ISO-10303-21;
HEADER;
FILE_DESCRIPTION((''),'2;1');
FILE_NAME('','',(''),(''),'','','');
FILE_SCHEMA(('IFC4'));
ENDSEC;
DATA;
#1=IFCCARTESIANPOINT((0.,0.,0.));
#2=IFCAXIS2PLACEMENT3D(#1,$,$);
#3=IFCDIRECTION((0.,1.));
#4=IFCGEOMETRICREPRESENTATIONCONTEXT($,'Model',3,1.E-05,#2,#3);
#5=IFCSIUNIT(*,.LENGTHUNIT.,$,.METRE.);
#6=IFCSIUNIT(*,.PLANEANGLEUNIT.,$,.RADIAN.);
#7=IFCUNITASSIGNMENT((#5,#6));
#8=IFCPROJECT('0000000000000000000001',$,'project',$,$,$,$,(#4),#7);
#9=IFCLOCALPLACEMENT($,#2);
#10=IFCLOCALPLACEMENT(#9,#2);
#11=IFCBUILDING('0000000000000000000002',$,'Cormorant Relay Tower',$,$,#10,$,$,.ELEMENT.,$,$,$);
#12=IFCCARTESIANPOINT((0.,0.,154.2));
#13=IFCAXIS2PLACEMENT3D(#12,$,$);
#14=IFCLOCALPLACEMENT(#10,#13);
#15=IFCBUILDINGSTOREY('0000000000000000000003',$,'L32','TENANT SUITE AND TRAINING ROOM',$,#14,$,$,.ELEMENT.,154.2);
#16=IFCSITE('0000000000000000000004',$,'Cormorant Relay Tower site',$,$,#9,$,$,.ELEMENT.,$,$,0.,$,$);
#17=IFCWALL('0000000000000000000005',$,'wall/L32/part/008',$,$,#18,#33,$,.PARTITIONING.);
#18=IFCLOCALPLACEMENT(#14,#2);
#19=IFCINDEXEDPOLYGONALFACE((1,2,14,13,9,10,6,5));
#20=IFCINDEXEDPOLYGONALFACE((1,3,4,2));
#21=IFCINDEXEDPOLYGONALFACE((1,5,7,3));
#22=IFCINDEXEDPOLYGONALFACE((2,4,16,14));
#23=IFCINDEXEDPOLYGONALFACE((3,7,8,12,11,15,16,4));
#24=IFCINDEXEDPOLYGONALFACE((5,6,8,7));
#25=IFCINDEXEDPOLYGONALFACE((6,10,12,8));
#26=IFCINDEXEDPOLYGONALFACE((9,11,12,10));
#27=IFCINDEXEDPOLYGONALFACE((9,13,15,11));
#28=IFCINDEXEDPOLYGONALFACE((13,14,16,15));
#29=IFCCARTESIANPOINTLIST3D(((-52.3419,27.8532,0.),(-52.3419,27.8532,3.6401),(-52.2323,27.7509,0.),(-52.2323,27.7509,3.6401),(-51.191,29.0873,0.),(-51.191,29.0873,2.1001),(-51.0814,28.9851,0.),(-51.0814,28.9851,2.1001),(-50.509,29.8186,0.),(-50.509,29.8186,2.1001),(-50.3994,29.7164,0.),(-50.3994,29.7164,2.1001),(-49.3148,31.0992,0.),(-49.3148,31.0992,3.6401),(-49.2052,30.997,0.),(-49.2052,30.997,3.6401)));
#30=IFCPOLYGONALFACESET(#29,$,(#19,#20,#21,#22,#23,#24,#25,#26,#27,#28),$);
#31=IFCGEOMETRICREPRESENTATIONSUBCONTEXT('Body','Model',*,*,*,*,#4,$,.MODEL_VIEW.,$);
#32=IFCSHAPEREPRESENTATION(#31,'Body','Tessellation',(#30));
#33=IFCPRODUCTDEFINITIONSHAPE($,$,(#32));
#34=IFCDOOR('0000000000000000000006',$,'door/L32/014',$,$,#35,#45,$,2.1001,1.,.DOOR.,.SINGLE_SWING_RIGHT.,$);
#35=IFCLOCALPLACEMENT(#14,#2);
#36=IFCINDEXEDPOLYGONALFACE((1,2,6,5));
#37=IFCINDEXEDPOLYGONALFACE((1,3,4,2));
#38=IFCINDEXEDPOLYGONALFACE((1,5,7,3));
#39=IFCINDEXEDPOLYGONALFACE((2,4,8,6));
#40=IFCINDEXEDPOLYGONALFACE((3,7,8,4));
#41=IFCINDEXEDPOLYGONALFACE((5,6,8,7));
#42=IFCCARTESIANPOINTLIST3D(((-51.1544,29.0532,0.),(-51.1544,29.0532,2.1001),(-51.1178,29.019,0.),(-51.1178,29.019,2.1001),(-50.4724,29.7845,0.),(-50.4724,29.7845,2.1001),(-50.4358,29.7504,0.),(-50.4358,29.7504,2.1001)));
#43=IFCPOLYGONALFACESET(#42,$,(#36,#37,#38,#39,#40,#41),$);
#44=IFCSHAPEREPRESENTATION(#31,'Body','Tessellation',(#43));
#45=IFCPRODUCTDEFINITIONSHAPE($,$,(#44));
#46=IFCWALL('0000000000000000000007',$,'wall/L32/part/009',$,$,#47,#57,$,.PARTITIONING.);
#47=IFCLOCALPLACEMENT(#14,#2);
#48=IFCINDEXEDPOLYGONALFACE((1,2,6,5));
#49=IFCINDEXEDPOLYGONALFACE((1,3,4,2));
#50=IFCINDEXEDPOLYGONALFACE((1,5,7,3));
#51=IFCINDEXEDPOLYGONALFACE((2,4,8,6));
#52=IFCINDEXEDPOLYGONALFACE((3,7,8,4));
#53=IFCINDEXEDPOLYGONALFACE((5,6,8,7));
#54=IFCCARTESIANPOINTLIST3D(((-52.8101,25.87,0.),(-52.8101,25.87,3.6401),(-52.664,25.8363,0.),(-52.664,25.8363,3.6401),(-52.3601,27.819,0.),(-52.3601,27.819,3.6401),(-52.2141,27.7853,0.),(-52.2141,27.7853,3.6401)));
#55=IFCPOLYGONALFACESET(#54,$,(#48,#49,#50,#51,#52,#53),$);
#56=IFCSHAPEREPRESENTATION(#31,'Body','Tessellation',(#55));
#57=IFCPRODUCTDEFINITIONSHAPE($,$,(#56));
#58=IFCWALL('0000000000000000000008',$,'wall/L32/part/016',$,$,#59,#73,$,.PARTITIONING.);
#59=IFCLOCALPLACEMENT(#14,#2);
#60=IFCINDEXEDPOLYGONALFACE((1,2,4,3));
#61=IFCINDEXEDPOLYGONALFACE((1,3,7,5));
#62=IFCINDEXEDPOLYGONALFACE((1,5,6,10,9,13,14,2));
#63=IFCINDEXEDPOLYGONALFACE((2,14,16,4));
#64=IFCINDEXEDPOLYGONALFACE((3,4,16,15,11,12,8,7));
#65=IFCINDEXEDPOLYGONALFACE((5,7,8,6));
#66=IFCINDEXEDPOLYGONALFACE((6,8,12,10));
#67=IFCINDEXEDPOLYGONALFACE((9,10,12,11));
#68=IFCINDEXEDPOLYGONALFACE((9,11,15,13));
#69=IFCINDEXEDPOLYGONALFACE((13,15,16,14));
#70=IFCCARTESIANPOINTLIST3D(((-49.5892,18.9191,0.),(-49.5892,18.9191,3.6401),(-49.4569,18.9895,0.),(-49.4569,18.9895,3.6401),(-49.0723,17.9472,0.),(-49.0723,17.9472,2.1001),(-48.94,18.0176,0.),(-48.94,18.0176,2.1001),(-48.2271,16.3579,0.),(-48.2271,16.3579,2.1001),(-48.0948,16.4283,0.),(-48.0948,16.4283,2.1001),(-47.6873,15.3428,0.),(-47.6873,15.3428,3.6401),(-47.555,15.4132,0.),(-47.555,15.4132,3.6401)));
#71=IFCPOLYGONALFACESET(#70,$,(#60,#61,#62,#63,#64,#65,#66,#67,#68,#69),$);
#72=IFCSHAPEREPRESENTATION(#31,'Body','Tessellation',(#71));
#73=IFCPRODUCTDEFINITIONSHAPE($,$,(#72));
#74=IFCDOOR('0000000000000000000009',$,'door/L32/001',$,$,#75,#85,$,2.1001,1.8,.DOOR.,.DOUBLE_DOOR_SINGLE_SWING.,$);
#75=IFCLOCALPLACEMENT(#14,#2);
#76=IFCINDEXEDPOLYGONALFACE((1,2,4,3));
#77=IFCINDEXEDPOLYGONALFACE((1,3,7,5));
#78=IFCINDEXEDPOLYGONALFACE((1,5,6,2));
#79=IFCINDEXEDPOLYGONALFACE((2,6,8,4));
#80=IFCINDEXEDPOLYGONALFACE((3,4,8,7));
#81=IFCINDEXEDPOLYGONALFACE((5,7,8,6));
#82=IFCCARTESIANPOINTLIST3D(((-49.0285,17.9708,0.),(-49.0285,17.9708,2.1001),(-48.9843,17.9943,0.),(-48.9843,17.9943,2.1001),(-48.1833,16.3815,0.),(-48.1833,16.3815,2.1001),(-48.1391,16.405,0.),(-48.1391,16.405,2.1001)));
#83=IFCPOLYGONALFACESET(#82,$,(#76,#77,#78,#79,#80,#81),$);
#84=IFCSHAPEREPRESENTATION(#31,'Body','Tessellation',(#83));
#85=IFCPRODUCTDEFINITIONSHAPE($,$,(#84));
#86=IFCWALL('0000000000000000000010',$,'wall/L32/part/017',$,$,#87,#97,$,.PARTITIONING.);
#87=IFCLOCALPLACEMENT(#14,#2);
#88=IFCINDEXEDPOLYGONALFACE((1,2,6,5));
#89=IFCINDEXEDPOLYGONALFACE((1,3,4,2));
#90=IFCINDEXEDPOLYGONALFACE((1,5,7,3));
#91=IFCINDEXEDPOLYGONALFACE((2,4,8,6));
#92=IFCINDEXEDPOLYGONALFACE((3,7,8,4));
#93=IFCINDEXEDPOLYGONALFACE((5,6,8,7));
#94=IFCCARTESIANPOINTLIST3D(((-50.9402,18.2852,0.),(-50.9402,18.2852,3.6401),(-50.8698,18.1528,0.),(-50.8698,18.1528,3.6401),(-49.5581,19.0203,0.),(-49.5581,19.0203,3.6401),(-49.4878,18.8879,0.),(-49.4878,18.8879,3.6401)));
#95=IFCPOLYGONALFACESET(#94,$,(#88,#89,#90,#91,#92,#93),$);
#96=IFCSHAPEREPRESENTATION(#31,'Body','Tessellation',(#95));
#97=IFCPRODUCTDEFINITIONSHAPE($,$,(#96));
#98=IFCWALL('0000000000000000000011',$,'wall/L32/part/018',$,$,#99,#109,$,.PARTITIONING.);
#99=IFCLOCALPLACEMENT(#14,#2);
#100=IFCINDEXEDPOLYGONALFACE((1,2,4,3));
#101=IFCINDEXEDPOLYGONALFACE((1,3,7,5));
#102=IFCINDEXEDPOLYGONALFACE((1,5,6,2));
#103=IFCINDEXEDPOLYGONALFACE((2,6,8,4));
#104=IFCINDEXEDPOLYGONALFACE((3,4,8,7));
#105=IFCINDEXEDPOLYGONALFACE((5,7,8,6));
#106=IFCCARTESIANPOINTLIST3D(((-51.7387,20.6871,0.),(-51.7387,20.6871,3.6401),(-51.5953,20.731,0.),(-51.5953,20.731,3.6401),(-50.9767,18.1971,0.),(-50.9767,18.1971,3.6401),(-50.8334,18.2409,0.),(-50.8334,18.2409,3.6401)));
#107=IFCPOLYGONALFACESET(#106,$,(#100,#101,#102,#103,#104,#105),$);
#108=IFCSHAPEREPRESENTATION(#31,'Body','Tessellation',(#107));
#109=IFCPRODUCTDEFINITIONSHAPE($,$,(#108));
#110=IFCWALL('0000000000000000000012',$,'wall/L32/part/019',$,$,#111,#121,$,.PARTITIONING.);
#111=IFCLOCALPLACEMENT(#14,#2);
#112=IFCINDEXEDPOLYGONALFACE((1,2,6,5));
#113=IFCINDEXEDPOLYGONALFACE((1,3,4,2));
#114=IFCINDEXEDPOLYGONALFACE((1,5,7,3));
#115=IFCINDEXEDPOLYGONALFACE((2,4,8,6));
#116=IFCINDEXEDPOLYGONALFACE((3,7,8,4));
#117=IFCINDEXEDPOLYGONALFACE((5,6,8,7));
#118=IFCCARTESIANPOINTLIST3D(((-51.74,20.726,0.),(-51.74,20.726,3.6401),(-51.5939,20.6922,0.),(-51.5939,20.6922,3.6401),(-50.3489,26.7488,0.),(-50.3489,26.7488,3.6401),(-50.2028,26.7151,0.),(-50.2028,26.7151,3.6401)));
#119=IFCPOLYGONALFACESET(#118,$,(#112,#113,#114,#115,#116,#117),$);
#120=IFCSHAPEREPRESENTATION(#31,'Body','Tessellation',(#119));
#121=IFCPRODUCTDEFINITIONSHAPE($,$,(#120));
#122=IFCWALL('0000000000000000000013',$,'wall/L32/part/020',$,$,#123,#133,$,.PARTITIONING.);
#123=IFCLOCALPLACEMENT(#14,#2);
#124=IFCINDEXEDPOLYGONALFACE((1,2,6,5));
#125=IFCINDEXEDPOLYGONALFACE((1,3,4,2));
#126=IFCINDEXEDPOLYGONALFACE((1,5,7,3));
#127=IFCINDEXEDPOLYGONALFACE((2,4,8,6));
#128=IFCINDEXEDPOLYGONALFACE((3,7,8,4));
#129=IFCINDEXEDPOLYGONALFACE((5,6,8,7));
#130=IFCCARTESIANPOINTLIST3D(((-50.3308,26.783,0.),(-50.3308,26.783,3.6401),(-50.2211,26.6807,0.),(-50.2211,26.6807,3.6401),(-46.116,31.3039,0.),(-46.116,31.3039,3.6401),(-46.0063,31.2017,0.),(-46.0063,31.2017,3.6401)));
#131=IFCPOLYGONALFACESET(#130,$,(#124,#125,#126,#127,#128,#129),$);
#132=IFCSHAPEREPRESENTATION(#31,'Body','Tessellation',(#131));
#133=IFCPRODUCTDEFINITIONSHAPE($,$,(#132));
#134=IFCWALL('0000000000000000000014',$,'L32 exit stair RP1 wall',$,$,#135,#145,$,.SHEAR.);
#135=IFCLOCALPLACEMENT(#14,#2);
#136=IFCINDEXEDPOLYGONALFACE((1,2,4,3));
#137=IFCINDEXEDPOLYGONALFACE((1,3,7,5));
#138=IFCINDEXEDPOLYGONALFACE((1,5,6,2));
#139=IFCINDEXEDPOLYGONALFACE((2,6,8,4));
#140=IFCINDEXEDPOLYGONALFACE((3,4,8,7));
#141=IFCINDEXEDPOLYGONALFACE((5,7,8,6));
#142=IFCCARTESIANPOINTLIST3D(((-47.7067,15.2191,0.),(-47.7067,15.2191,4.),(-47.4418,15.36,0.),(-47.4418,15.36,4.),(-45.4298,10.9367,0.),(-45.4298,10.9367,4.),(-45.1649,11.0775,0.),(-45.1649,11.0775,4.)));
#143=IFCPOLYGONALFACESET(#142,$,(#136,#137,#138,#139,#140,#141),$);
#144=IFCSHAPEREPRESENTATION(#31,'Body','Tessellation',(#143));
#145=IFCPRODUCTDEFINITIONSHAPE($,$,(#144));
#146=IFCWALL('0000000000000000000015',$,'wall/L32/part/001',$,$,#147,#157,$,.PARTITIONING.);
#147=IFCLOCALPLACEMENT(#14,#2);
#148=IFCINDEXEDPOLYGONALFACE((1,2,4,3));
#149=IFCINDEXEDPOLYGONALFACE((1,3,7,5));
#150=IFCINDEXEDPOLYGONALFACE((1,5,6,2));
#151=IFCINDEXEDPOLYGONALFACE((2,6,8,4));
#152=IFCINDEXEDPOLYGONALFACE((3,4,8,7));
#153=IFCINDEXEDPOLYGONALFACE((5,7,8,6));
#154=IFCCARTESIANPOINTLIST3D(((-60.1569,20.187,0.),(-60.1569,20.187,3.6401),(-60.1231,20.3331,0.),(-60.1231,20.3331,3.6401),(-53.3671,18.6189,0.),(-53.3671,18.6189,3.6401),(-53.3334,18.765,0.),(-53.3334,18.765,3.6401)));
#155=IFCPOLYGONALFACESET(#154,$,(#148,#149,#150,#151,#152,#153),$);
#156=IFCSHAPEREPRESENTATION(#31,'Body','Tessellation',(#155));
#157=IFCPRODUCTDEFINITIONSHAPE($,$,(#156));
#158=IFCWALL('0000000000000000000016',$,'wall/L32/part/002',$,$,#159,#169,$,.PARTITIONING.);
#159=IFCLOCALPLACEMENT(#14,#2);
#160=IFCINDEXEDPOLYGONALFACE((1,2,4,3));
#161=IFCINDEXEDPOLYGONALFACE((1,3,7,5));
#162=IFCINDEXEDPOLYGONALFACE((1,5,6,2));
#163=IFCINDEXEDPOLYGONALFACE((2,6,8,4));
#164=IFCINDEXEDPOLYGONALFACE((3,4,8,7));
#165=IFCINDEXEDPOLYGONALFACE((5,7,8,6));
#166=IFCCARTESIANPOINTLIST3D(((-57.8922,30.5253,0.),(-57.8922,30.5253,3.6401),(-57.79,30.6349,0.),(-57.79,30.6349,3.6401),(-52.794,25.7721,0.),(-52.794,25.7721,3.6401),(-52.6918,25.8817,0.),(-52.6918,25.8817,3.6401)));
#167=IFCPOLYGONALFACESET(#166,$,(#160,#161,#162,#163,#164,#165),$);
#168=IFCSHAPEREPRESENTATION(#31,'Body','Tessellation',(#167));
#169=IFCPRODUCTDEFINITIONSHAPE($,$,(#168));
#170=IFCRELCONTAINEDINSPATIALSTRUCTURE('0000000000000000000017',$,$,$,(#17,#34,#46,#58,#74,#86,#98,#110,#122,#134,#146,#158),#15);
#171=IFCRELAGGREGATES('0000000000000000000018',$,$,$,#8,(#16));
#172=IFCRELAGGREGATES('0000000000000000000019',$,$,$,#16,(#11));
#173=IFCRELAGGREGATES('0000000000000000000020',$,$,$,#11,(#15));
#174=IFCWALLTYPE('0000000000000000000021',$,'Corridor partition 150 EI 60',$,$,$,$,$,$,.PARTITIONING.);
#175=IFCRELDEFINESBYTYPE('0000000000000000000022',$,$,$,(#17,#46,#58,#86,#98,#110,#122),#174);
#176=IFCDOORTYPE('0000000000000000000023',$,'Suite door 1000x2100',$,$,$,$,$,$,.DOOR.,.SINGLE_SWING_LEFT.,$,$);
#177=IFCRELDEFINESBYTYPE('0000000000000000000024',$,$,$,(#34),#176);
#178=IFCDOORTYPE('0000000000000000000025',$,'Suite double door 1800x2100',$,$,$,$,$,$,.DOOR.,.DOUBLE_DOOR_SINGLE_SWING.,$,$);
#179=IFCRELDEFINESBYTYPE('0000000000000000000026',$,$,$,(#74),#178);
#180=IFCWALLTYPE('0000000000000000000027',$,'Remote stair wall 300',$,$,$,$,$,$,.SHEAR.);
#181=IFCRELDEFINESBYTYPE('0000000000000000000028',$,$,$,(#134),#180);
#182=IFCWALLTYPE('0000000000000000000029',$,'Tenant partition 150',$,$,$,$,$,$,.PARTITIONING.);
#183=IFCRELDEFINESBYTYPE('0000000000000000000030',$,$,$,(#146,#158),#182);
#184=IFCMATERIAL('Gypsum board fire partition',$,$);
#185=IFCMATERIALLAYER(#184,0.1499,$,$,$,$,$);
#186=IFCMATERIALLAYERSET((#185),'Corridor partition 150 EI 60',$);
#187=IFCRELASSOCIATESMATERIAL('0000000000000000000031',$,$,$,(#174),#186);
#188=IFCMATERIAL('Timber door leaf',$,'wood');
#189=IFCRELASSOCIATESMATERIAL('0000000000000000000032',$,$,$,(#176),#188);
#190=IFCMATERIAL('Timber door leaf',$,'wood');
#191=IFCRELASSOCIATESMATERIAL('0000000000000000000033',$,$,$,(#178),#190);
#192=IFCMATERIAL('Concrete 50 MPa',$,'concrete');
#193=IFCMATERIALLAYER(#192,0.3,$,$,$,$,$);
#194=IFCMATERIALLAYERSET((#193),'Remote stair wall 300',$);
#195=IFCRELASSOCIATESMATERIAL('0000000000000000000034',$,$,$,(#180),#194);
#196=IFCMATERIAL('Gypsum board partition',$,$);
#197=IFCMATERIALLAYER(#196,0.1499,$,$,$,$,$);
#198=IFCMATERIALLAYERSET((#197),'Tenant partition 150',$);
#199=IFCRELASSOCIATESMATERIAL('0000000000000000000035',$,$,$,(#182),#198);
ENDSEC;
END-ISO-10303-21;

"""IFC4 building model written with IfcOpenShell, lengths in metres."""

from ifc_helpers import new_model, si_unit, direction, frame, frame_2d, origin, place, context, subcontext, project, spatial, rectangle, extrude, material, layer, layer_set, type_object, element, fill, save


model = new_model("IFC4")

# Units and contexts
model_context = context("Model", 3, precision=1e-05, world=origin(), true_north=direction((0.0, 1.0)))
body_context = subcontext(model_context, "Body", "Model", "MODEL_VIEW")
ifc_project = project(units=[si_unit("LENGTHUNIT", "METRE"), si_unit("PLANEANGLEUNIT", "RADIAN")], contexts=[model_context])

# Site, building, storey
site_placement = place(None, origin())
site = spatial("IfcSite", under=ifc_project, at=site_placement, Name="Cormorant Relay Tower site", CompositionType="ELEMENT", RefElevation=0.0)
building_placement = place(site_placement, origin())
building = spatial("IfcBuilding", under=site, at=building_placement, Name="Cormorant Relay Tower", CompositionType="ELEMENT")
storey_placement = place(building_placement, frame((0.0, 0.0, 154.2)))
storey = spatial("IfcBuildingStorey", under=building, at=storey_placement, Name="L32", Description="TENANT SUITE AND TRAINING ROOM", CompositionType="ELEMENT", Elevation=154.2)

# Shared definitions
ifc_material_1 = material(Name="Gypsum board fire partition")
ifc_layer_1 = layer(ifc_material_1, 0.1499)
ifc_layer_set_1 = layer_set([ifc_layer_1], Name="Corridor partition 150 EI 60")
wall_type_1 = type_object("IfcWallType", Name="Corridor partition 150 EI 60", PredefinedType="PARTITIONING", material=ifc_layer_set_1)
ifc_material_2 = material(Name="Timber door leaf", Category="wood")
door_type_1 = type_object("IfcDoorType", Name="Suite door 1000x2100", OperationType="SINGLE_SWING_LEFT", PredefinedType="DOOR", material=ifc_material_2)

# Wall, opening, door
wall_1_placement = place(storey_placement, frame((-49.26, 31.0481, 0.0), z_axis=(0.0, 0.0, 1.0), x_axis=(-0.682007, -0.731346, 0.0)))
wall_1 = element("IfcWall", 1, at=wall_1_placement, inside=storey, type_object=wall_type_1, Name="wall/L32/part/008", PredefinedType="PARTITIONING", context=body_context, shape_type="SweptSolid", body=[
    extrude(rectangle(XDim=4.4385, YDim=0.1499, at=frame_2d((2.2192, 0.0))), origin(), (0.0, 0.0, 1.0), 3.6401),
])
opening_1_placement = place(wall_1_placement, frame((1.751, 0.0, 0.0)))
opening_1 = element("IfcOpeningElement", 2, at=opening_1_placement, cuts=wall_1, PredefinedType="OPENING", context=body_context, shape_type="SweptSolid", body=[
    extrude(rectangle(XDim=1.0, YDim=2.1001, at=frame_2d((0.5, 1.05))), frame((0.0, 0.085, 0.0), z_axis=(0.0, -1.0, 0.0), x_axis=(1.0, 0.0, 0.0)), (0.0, 0.0, 1.0), 0.1699),
])
door_1_placement = place(opening_1_placement, frame((1.0, 0.0, 0.0), z_axis=(0.0, 0.0, 1.0), x_axis=(-1.0, 0.0, 0.0)))
door_1 = element("IfcDoor", 3, at=door_1_placement, inside=storey, type_object=door_type_1, Name="door/L32/014", OperationType="SINGLE_SWING_RIGHT", OverallHeight=2.1001, OverallWidth=1.0, PredefinedType="DOOR", context=body_context, shape_type="SweptSolid", body=[
    extrude(rectangle(XDim=1.0, YDim=2.1001, at=frame_2d((0.5, 1.05))), frame((0.0, 0.0249, 0.0), z_axis=(0.0, -1.0, 0.0), x_axis=(1.0, 0.0, 0.0)), (0.0, 0.0, 1.0), 0.05),
])
fill(opening_1, door_1)

# Wall
wall_2_placement = place(storey_placement, frame((-52.2871, 27.802, 0.0), z_axis=(0.0, 0.0, 1.0), x_axis=(-0.224949, -0.974371, 0.0)))
element("IfcWall", 4, at=wall_2_placement, inside=storey, type_object=wall_type_1, Name="wall/L32/part/009", PredefinedType="PARTITIONING", context=body_context, shape_type="SweptSolid", body=[
    extrude(rectangle(XDim=2.0002, YDim=0.1499, at=frame_2d((1.0, 0.0))), origin(), (0.0, 0.0, 1.0), 3.6401),
])

# Wall, opening, door
wall_3_placement = place(storey_placement, frame((-47.6211, 15.3779, 0.0), z_axis=(0.0, 0.0, 1.0), x_axis=(-0.469543, 0.88291, 0.0)))
wall_3 = element("IfcWall", 5, at=wall_3_placement, inside=storey, type_object=wall_type_1, Name="wall/L32/part/016", PredefinedType="PARTITIONING", context=body_context, shape_type="SweptSolid", body=[
    extrude(rectangle(XDim=4.0505, YDim=0.1499, at=frame_2d((2.0254, 0.0))), origin(), (0.0, 0.0, 1.0), 3.6401),
])
opening_2_placement = place(wall_3_placement, frame((1.1499, 0.0, 0.0)))
opening_2 = element("IfcOpeningElement", 6, at=opening_2_placement, cuts=wall_3, PredefinedType="OPENING", context=body_context, shape_type="SweptSolid", body=[
    extrude(rectangle(XDim=1.8, YDim=2.1001, at=frame_2d((0.8999, 1.05))), frame((0.0, 0.085, 0.0), z_axis=(0.0, -1.0, 0.0), x_axis=(1.0, 0.0, 0.0)), (0.0, 0.0, 1.0), 0.1699),
])
ifc_material_3 = material(Name="Timber door leaf", Category="wood")
door_type_2 = type_object("IfcDoorType", Name="Suite double door 1800x2100", OperationType="DOUBLE_DOOR_SINGLE_SWING", PredefinedType="DOOR", material=ifc_material_3)
door_2_placement = place(opening_2_placement, frame((1.8, 0.0, 0.0), z_axis=(0.0, 0.0, 1.0), x_axis=(-1.0, 0.0, 0.0)))
door_2 = element("IfcDoor", 7, at=door_2_placement, inside=storey, type_object=door_type_2, Name="door/L32/001", OperationType="DOUBLE_DOOR_SINGLE_SWING", OverallHeight=2.1001, OverallWidth=1.8, PredefinedType="DOOR", context=body_context, shape_type="SweptSolid", body=[
    extrude(rectangle(XDim=1.8, YDim=2.1001, at=frame_2d((0.8999, 1.05))), frame((0.0, 0.0249, 0.0), z_axis=(0.0, -1.0, 0.0), x_axis=(1.0, 0.0, 0.0)), (0.0, 0.0, 1.0), 0.05),
])
fill(opening_2, door_2)

# Walls
wall_4_placement = place(storey_placement, frame((-49.5229, 18.9541, 0.0), z_axis=(0.0, 0.0, 1.0), x_axis=(-0.882883, -0.469592, 0.0)))
element("IfcWall", 8, at=wall_4_placement, inside=storey, type_object=wall_type_1, Name="wall/L32/part/017", PredefinedType="PARTITIONING", context=body_context, shape_type="SweptSolid", body=[
    extrude(rectangle(XDim=1.5654, YDim=0.1499, at=frame_2d((0.7827, 0.0))), origin(), (0.0, 0.0, 1.0), 3.6401),
])
wall_5_placement = place(storey_placement, frame((-50.905, 18.219, 0.0), z_axis=(0.0, 0.0, 1.0), x_axis=(-0.292616, 0.95623, 0.0)))
element("IfcWall", 9, at=wall_5_placement, inside=storey, type_object=wall_type_1, Name="wall/L32/part/018", PredefinedType="PARTITIONING", context=body_context, shape_type="SweptSolid", body=[
    extrude(rectangle(XDim=2.604, YDim=0.1499, at=frame_2d((1.302, 0.0))), origin(), (0.0, 0.0, 1.0), 3.6401),
])
wall_6_placement = place(storey_placement, frame((-51.667, 20.709, 0.0), z_axis=(0.0, 0.0, 1.0), x_axis=(0.225044, 0.974349, 0.0)))
element("IfcWall", 10, at=wall_6_placement, inside=storey, type_object=wall_type_1, Name="wall/L32/part/019", PredefinedType="PARTITIONING", context=body_context, shape_type="SweptSolid", body=[
    extrude(rectangle(XDim=6.1814, YDim=0.1499, at=frame_2d((3.0908, 0.0))), origin(), (0.0, 0.0, 1.0), 3.6401),
])
wall_7_placement = place(storey_placement, frame((-50.2759, 26.7319, 0.0), z_axis=(0.0, 0.0, 1.0), x_axis=(0.681907, 0.731439, 0.0)))
element("IfcWall", 11, at=wall_7_placement, inside=storey, type_object=wall_type_1, Name="wall/L32/part/020", PredefinedType="PARTITIONING", context=body_context, shape_type="SweptSolid", body=[
    extrude(rectangle(XDim=6.1809, YDim=0.1499, at=frame_2d((3.0903, 0.0))), origin(), (0.0, 0.0, 1.0), 3.6401),
])
ifc_material_4 = material(Name="Concrete 50 MPa", Category="concrete")
ifc_layer_2 = layer(ifc_material_4, 0.3)
ifc_layer_set_2 = layer_set([ifc_layer_2], Name="Remote stair wall 300")
wall_type_2 = type_object("IfcWallType", Name="Remote stair wall 300", PredefinedType="SHEAR", material=ifc_layer_set_2)
wall_8_placement = place(storey_placement, frame((-47.5742, 15.2896, 0.0), z_axis=(0.0, 0.0, 1.0), x_axis=(0.469443, -0.882963, 0.0)))
element("IfcWall", 12, at=wall_8_placement, inside=storey, type_object=wall_type_2, Name="L32 exit stair RP1 wall", PredefinedType="SHEAR", context=body_context, shape_type="SweptSolid", body=[
    extrude(rectangle(XDim=4.8501, YDim=0.3, at=frame_2d((2.425, 0.0))), origin(), (0.0, 0.0, 1.0), 4.0),
])
ifc_material_5 = material(Name="Gypsum board partition")
ifc_layer_3 = layer(ifc_material_5, 0.1499)
ifc_layer_set_3 = layer_set([ifc_layer_3], Name="Tenant partition 150")
wall_type_3 = type_object("IfcWallType", Name="Tenant partition 150", PredefinedType="PARTITIONING", material=ifc_layer_set_3)
wall_9_placement = place(storey_placement, frame((-53.3501, 18.6919, 0.0), z_axis=(0.0, 0.0, 1.0), x_axis=(-0.974352, 0.225028, 0.0)))
element("IfcWall", 13, at=wall_9_placement, inside=storey, type_object=wall_type_3, Name="wall/L32/part/001", PredefinedType="PARTITIONING", context=body_context, shape_type="SweptSolid", body=[
    extrude(rectangle(XDim=6.9685, YDim=0.1499, at=frame_2d((3.4844, 0.0))), origin(), (0.0, 0.0, 1.0), 3.6401),
])
wall_10_placement = place(storey_placement, frame((-57.8411, 30.5801, 0.0), z_axis=(0.0, 0.0, 1.0), x_axis=(0.73142, -0.681928, 0.0)))
element("IfcWall", 14, at=wall_10_placement, inside=storey, type_object=wall_type_3, Name="wall/L32/part/002", PredefinedType="PARTITIONING", context=body_context, shape_type="SweptSolid", body=[
    extrude(rectangle(XDim=6.9702, YDim=0.1499, at=frame_2d((3.4851, 0.0))), origin(), (0.0, 0.0, 1.0), 3.6401),
])

save(model, "model.ifc")
